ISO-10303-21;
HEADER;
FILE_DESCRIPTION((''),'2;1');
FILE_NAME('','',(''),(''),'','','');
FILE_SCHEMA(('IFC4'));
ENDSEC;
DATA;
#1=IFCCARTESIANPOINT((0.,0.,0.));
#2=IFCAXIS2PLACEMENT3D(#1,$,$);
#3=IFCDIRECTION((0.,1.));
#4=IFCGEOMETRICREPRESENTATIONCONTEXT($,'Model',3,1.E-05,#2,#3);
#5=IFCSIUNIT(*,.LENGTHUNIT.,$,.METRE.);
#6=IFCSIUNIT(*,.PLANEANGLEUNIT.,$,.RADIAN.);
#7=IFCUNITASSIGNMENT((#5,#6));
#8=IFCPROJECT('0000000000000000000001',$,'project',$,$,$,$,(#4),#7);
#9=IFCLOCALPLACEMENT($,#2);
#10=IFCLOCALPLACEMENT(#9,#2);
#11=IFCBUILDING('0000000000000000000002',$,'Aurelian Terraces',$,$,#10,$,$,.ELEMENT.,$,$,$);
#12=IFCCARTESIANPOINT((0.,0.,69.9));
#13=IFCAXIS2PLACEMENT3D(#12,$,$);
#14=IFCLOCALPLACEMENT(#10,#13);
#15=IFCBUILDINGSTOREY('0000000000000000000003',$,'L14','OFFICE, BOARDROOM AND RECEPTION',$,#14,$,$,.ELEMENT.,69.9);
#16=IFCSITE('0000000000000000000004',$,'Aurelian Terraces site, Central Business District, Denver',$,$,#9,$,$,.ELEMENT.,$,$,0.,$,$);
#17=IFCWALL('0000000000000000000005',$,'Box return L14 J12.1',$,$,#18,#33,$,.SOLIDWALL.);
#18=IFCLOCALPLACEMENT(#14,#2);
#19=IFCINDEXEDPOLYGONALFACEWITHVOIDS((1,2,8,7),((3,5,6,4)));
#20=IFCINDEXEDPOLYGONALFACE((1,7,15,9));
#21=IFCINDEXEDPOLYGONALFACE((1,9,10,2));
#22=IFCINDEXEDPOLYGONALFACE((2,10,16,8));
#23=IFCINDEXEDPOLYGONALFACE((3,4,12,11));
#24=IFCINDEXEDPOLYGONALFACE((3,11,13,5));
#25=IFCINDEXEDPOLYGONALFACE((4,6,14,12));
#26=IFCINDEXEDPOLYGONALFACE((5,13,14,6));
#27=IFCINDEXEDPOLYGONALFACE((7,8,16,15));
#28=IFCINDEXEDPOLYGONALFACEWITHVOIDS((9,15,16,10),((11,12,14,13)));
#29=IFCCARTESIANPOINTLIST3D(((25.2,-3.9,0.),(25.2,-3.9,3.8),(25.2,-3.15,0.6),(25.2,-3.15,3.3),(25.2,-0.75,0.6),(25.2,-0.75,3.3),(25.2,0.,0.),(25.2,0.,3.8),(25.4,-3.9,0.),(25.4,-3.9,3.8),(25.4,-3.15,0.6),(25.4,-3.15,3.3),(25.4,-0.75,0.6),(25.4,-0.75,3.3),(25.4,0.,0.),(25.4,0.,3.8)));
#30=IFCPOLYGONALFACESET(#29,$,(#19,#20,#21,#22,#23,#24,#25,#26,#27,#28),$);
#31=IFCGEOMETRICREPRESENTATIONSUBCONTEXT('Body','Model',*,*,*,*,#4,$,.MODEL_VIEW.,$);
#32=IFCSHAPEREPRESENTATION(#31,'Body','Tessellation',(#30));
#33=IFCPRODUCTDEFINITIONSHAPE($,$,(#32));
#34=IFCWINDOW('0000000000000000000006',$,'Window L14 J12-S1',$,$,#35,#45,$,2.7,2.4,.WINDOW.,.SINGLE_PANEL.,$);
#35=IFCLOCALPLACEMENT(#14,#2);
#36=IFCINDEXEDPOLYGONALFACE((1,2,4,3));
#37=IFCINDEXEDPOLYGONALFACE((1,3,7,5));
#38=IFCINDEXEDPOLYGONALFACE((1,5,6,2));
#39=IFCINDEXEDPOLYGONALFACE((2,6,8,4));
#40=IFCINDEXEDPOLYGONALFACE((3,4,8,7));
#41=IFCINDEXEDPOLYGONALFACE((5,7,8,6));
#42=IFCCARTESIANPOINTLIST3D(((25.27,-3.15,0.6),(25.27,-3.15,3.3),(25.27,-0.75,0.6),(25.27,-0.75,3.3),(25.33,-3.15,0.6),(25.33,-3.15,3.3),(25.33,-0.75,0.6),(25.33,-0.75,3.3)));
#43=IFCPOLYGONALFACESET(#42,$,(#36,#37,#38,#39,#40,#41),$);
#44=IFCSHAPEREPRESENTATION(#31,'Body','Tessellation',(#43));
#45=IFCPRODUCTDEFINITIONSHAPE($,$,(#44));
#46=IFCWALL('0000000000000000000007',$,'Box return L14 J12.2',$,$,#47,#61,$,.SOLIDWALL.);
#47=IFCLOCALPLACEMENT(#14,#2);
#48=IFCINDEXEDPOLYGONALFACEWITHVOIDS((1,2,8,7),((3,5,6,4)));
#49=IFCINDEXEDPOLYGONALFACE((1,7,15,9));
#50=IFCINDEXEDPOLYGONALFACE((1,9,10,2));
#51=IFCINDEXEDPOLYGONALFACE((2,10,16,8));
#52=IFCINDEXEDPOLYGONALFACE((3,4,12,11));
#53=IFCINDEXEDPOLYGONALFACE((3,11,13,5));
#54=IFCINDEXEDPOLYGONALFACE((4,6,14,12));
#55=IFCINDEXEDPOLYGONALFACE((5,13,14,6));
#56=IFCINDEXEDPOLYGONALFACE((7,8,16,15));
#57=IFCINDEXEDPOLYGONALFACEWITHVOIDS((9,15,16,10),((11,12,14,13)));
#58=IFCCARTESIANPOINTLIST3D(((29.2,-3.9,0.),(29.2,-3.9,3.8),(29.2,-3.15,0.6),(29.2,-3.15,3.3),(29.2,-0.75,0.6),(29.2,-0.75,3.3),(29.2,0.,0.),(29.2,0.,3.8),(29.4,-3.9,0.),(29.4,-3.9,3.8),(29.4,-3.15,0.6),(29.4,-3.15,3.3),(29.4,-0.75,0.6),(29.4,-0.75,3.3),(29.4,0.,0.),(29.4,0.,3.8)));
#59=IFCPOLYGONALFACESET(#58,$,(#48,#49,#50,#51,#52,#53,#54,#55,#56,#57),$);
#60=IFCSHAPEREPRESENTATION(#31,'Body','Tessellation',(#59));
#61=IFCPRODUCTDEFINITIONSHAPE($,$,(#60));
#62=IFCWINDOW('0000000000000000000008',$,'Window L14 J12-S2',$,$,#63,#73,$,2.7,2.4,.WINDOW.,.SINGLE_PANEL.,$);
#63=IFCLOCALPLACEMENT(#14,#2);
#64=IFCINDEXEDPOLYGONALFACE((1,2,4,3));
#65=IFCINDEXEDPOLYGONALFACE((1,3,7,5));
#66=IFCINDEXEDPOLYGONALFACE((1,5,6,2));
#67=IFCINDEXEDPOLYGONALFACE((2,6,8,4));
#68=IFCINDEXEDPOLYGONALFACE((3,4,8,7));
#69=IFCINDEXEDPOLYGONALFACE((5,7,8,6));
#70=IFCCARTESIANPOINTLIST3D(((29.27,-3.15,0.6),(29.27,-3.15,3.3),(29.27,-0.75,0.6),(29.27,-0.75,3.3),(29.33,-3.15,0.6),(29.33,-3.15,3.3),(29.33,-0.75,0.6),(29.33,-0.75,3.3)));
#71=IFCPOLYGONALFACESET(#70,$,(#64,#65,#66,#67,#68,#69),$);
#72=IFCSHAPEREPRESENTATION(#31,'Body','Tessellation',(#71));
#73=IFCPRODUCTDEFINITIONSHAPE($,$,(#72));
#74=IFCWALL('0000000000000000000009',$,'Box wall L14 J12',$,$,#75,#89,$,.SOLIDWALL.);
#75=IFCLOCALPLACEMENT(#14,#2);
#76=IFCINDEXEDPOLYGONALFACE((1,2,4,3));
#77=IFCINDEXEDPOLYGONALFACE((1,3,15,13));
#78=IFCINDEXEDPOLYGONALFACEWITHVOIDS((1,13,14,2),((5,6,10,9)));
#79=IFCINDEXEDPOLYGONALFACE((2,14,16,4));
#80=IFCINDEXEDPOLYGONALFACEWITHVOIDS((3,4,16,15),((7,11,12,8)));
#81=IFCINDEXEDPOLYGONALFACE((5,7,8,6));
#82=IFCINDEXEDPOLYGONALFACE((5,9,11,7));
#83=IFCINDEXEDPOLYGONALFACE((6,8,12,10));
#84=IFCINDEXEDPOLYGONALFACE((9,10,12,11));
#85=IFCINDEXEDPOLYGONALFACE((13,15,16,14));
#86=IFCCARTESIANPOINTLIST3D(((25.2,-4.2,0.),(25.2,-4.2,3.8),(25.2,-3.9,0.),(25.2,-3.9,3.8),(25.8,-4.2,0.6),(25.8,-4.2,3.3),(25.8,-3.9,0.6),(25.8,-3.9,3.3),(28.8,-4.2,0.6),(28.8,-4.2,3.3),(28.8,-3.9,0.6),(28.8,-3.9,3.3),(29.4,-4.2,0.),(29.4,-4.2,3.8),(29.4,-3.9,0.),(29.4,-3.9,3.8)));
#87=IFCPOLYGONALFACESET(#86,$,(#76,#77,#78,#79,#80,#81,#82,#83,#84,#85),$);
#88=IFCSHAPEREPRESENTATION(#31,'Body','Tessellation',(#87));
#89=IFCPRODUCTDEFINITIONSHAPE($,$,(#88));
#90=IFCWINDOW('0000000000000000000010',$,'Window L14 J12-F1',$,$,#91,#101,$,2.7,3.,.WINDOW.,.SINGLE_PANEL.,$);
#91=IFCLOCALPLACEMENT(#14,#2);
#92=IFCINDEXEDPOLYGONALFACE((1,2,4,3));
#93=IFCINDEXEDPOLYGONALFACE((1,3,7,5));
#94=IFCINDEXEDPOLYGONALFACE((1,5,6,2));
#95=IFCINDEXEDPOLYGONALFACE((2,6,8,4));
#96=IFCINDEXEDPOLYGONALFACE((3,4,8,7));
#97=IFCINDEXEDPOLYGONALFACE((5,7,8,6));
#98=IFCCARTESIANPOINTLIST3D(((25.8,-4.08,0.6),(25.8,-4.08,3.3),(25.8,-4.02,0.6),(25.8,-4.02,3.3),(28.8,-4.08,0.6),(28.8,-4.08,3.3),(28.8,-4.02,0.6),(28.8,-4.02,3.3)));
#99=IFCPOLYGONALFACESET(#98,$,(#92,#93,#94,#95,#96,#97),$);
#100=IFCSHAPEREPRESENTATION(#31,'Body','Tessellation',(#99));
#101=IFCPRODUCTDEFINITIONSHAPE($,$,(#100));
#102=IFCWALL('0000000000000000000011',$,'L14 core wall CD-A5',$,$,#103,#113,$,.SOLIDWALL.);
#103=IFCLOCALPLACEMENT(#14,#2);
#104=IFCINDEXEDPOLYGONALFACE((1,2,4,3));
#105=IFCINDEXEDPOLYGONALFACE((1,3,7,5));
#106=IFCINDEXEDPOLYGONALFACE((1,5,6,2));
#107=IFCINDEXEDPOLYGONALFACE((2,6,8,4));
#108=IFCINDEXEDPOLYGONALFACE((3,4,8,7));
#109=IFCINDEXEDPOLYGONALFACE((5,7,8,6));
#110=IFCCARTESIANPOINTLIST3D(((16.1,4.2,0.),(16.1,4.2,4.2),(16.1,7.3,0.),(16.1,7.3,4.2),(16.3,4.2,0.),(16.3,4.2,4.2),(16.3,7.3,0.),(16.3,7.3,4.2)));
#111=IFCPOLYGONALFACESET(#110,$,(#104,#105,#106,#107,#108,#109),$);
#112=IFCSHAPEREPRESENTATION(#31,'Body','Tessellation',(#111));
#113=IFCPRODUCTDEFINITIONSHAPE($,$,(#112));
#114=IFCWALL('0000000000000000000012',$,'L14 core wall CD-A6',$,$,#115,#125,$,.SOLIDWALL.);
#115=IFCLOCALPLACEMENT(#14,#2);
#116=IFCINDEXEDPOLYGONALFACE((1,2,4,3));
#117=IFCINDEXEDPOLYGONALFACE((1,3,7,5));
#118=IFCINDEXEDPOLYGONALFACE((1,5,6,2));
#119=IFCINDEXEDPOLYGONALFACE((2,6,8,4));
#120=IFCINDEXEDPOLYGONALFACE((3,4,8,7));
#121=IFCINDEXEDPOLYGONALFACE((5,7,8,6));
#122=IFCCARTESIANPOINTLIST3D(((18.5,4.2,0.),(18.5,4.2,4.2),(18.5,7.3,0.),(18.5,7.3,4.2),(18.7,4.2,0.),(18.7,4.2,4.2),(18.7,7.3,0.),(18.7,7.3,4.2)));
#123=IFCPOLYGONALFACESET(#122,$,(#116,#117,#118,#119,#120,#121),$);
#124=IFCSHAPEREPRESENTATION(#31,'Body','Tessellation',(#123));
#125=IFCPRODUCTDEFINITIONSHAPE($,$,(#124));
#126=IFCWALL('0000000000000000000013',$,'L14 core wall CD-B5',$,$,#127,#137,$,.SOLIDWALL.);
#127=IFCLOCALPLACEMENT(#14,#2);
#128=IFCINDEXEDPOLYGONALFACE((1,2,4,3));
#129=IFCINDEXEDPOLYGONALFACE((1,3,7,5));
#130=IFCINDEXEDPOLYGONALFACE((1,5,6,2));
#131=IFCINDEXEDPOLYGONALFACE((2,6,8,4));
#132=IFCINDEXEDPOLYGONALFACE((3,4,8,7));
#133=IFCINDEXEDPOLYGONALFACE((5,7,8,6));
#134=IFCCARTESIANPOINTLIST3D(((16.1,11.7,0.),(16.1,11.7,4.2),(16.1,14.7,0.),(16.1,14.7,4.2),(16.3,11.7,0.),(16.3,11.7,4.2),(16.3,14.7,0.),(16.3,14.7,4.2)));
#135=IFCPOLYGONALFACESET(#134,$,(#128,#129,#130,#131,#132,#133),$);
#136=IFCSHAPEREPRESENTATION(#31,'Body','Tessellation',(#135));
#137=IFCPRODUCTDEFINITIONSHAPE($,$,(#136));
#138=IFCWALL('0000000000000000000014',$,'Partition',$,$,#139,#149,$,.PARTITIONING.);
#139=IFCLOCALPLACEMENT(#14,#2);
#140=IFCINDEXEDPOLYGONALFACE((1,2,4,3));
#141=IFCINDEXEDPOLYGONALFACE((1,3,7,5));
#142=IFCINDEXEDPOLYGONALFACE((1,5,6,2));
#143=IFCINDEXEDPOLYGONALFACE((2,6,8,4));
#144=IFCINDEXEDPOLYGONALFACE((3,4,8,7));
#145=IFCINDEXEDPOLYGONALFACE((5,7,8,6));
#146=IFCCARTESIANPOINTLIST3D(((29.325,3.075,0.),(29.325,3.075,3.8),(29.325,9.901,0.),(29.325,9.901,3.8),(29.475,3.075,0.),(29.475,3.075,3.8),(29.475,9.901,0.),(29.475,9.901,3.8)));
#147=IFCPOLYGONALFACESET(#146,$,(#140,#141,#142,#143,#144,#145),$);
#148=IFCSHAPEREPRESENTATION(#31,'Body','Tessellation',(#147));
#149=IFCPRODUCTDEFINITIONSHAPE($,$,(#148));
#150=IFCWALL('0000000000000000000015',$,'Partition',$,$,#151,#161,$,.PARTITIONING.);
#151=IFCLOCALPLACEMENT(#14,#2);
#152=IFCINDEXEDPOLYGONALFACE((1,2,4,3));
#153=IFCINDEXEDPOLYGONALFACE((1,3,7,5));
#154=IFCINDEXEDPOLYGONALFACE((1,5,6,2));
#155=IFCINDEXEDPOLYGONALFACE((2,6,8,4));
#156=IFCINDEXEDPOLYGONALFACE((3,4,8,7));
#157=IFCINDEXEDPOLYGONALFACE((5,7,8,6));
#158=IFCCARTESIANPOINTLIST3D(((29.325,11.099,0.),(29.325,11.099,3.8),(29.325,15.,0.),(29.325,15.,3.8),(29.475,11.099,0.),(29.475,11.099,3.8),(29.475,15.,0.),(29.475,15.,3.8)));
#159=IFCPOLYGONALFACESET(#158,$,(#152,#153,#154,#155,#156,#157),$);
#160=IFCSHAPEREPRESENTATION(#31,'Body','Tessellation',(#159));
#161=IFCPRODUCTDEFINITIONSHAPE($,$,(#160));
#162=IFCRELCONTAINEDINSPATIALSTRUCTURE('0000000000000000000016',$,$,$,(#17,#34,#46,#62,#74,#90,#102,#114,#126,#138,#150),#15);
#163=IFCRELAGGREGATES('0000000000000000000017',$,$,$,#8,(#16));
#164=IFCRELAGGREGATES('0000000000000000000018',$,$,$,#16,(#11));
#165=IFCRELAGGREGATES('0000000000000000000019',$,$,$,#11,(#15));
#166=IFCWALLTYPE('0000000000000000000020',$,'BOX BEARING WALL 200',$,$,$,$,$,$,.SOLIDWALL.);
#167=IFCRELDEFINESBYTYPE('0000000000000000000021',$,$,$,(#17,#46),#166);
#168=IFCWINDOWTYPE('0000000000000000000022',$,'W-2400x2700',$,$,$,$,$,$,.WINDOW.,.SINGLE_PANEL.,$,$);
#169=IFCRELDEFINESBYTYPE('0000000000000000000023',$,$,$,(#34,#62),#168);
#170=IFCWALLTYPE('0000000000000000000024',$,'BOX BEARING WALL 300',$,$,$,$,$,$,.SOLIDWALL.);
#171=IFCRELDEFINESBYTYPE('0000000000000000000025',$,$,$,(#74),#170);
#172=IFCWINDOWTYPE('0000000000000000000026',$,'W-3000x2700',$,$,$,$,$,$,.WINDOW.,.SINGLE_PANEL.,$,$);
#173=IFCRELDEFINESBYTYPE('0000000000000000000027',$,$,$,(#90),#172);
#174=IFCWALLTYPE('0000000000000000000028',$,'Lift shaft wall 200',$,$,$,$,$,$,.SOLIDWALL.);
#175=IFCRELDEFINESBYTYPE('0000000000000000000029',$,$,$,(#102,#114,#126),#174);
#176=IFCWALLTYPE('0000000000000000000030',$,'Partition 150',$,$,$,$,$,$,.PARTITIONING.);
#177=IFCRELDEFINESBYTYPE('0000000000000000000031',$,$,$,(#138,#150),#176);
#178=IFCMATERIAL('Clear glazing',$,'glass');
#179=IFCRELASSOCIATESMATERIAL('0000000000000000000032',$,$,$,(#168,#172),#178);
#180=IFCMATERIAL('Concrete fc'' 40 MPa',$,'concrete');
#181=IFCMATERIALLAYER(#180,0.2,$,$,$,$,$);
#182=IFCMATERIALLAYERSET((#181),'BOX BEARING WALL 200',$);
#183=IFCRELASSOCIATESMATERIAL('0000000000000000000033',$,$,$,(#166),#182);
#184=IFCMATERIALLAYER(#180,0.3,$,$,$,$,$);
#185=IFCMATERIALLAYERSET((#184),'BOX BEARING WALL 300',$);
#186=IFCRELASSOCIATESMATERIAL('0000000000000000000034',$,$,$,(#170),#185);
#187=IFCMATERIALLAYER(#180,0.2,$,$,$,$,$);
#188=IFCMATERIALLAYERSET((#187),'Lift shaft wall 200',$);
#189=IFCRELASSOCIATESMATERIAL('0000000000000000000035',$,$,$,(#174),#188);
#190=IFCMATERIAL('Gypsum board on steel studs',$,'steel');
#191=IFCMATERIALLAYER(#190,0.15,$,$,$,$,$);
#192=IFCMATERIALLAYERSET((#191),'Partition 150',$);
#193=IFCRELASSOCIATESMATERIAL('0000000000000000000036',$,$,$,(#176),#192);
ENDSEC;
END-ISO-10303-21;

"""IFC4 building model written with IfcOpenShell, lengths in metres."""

from ifc_helpers import new_model, si_unit, direction, frame, frame_2d, origin, place, context, subcontext, project, spatial, rectangle, extrude, source, transform, mapped, material, layer, layer_set, type_object, element, fill, save


model = new_model("IFC4")

# Units and contexts
model_context = context("Model", 3, precision=1e-05, world=origin(), true_north=direction((0.0, 1.0)))
body_context = subcontext(model_context, "Body", "Model", "MODEL_VIEW")
ifc_project = project(units=[si_unit("LENGTHUNIT", "METRE"), si_unit("PLANEANGLEUNIT", "RADIAN")], contexts=[model_context])

# Site, building, storey
site_placement = place(None, origin())
site = spatial("IfcSite", under=ifc_project, at=site_placement, Name="Aurelian Terraces site, Central Business District, Denver", CompositionType="ELEMENT", RefElevation=0.0)
building_placement = place(site_placement, origin())
building = spatial("IfcBuilding", under=site, at=building_placement, Name="Aurelian Terraces", CompositionType="ELEMENT")
storey_placement = place(building_placement, frame((0.0, 0.0, 69.9)))
storey = spatial("IfcBuildingStorey", under=building, at=storey_placement, Name="L14", Description="OFFICE, BOARDROOM AND RECEPTION", CompositionType="ELEMENT", Elevation=69.9)

# Shared definitions
ifc_material_1 = material(Name="Clear glazing", Category="glass")
window_type_1 = type_object("IfcWindowType", Name="W-2400x2700", PartitioningType="SINGLE_PANEL", PredefinedType="WINDOW", material=ifc_material_1)
shared_shape_1 = source(origin(), body_context, "Body", "SweptSolid", [
    extrude(rectangle(XDim=2.4, YDim=2.7, at=frame_2d((1.2, 1.35))), frame((0.0, 0.03, 0.0), z_axis=(0.0, -1.0, 0.0), x_axis=(1.0, 0.0, 0.0)), (0.0, 0.0, 1.0), 0.06),
])

# Walls, openings, windows
ifc_material_2 = material(Name="Concrete fc' 40 MPa", Category="concrete")
ifc_layer_1 = layer(ifc_material_2, 0.2)
ifc_layer_set_1 = layer_set([ifc_layer_1], Name="BOX BEARING WALL 200")
wall_type_1 = type_object("IfcWallType", Name="BOX BEARING WALL 200", PredefinedType="SOLIDWALL", material=ifc_layer_set_1)
shared_shape_2 = source(origin(), body_context, "Body", "SweptSolid", [
    extrude(rectangle(XDim=3.9, YDim=0.2, at=frame_2d((1.95, 0.0))), origin(), (0.0, 0.0, 1.0), 3.8),
])
wall_1_placement = place(storey_placement, frame((25.3, 0.0, 0.0), z_axis=(0.0, 0.0, 1.0), x_axis=(0.0, -1.0, 0.0)))
wall_1 = element("IfcWall", 1, at=wall_1_placement, inside=storey, type_object=wall_type_1, Name="Box return L14 J12.1", PredefinedType="SOLIDWALL", context=body_context, shape_type="MappedRepresentation", body=[
    mapped(shared_shape_2, transform((0.0, 0.0, 0.0), scale=1.0)),
])
shared_shape_3 = source(origin(), body_context, "Body", "SweptSolid", [
    extrude(rectangle(XDim=2.4, YDim=2.7, at=frame_2d((1.2, 1.35))), frame((0.0, 0.11, 0.0), z_axis=(0.0, -1.0, 0.0), x_axis=(1.0, 0.0, 0.0)), (0.0, 0.0, 1.0), 0.22),
])
opening_1_placement = place(wall_1_placement, frame((0.75, 0.0, 0.6)))
opening_1 = element("IfcOpeningElement", 2, at=opening_1_placement, cuts=wall_1, PredefinedType="OPENING", context=body_context, shape_type="MappedRepresentation", body=[
    mapped(shared_shape_3, transform((0.0, 0.0, 0.0), scale=1.0)),
])
window_1_placement = place(opening_1_placement, origin())
window_1 = element("IfcWindow", 3, at=window_1_placement, inside=storey, type_object=window_type_1, Name="Window L14 J12-S1", OverallHeight=2.7, OverallWidth=2.4, PartitioningType="SINGLE_PANEL", PredefinedType="WINDOW", context=body_context, shape_type="MappedRepresentation", body=[
    mapped(shared_shape_1, transform((0.0, 0.0, 0.0), scale=1.0)),
])
fill(opening_1, window_1)
wall_2_placement = place(storey_placement, frame((29.3, 0.0, 0.0), z_axis=(0.0, 0.0, 1.0), x_axis=(0.0, -1.0, 0.0)))
wall_2 = element("IfcWall", 4, at=wall_2_placement, inside=storey, type_object=wall_type_1, Name="Box return L14 J12.2", PredefinedType="SOLIDWALL", context=body_context, shape_type="MappedRepresentation", body=[
    mapped(shared_shape_2, transform((0.0, 0.0, 0.0), scale=1.0)),
])
opening_2_placement = place(wall_2_placement, frame((0.75, 0.0, 0.6)))
opening_2 = element("IfcOpeningElement", 5, at=opening_2_placement, cuts=wall_2, PredefinedType="OPENING", context=body_context, shape_type="MappedRepresentation", body=[
    mapped(shared_shape_3, transform((0.0, 0.0, 0.0), scale=1.0)),
])
window_2_placement = place(opening_2_placement, origin())
window_2 = element("IfcWindow", 6, at=window_2_placement, inside=storey, type_object=window_type_1, Name="Window L14 J12-S2", OverallHeight=2.7, OverallWidth=2.4, PartitioningType="SINGLE_PANEL", PredefinedType="WINDOW", context=body_context, shape_type="MappedRepresentation", body=[
    mapped(shared_shape_1, transform((0.0, 0.0, 0.0), scale=1.0)),
])
fill(opening_2, window_2)
ifc_layer_2 = layer(ifc_material_2, 0.3)
ifc_layer_set_2 = layer_set([ifc_layer_2], Name="BOX BEARING WALL 300")
wall_type_2 = type_object("IfcWallType", Name="BOX BEARING WALL 300", PredefinedType="SOLIDWALL", material=ifc_layer_set_2)
shared_shape_4 = source(origin(), body_context, "Body", "SweptSolid", [
    extrude(rectangle(XDim=4.2, YDim=0.3, at=frame_2d((2.1, 0.0))), origin(), (0.0, 0.0, 1.0), 3.8),
])
wall_3_placement = place(storey_placement, frame((25.2, -4.05, 0.0), z_axis=(0.0, 0.0, 1.0), x_axis=(1.0, 0.0, 0.0)))
wall_3 = element("IfcWall", 7, at=wall_3_placement, inside=storey, type_object=wall_type_2, Name="Box wall L14 J12", PredefinedType="SOLIDWALL", context=body_context, shape_type="MappedRepresentation", body=[
    mapped(shared_shape_4, transform((0.0, 0.0, 0.0), scale=1.0)),
])
shared_shape_5 = source(origin(), body_context, "Body", "SweptSolid", [
    extrude(rectangle(XDim=3.0, YDim=2.7, at=frame_2d((1.5, 1.35))), frame((0.0, 0.16, 0.0), z_axis=(0.0, -1.0, 0.0), x_axis=(1.0, 0.0, 0.0)), (0.0, 0.0, 1.0), 0.32),
])
opening_3_placement = place(wall_3_placement, frame((0.6, 0.0, 0.6)))
opening_3 = element("IfcOpeningElement", 8, at=opening_3_placement, cuts=wall_3, PredefinedType="OPENING", context=body_context, shape_type="MappedRepresentation", body=[
    mapped(shared_shape_5, transform((0.0, 0.0, 0.0), scale=1.0)),
])
window_type_2 = type_object("IfcWindowType", Name="W-3000x2700", PartitioningType="SINGLE_PANEL", PredefinedType="WINDOW", material=ifc_material_1)
shared_shape_6 = source(origin(), body_context, "Body", "SweptSolid", [
    extrude(rectangle(XDim=3.0, YDim=2.7, at=frame_2d((1.5, 1.35))), frame((0.0, 0.03, 0.0), z_axis=(0.0, -1.0, 0.0), x_axis=(1.0, 0.0, 0.0)), (0.0, 0.0, 1.0), 0.06),
])
window_3_placement = place(opening_3_placement, origin())
window_3 = element("IfcWindow", 9, at=window_3_placement, inside=storey, type_object=window_type_2, Name="Window L14 J12-F1", OverallHeight=2.7, OverallWidth=3.0, PartitioningType="SINGLE_PANEL", PredefinedType="WINDOW", context=body_context, shape_type="MappedRepresentation", body=[
    mapped(shared_shape_6, transform((0.0, 0.0, 0.0), scale=1.0)),
])
fill(opening_3, window_3)

# Walls
ifc_layer_3 = layer(ifc_material_2, 0.2)
ifc_layer_set_3 = layer_set([ifc_layer_3], Name="Lift shaft wall 200")
wall_type_3 = type_object("IfcWallType", Name="Lift shaft wall 200", PredefinedType="SOLIDWALL", material=ifc_layer_set_3)
shared_shape_7 = source(origin(), body_context, "Body", "SweptSolid", [
    extrude(rectangle(XDim=3.1, YDim=0.2, at=frame_2d((1.55, 0.0))), origin(), (0.0, 0.0, 1.0), 4.2),
])
for number, where, z_axis, x_axis, name in (
    (10, (16.2, 4.2, 0.0), (0.0, 0.0, 1.0), (0.0, 1.0, 0.0), "L14 core wall CD-A5"),
    (11, (18.6, 4.2, 0.0), (0.0, 0.0, 1.0), (0.0, 1.0, 0.0), "L14 core wall CD-A6"),
):
    element("IfcWall", number, at=place(storey_placement, frame(where, z_axis=z_axis, x_axis=x_axis)), inside=storey, type_object=wall_type_3, Name=name, PredefinedType="SOLIDWALL", context=body_context, shape_type="MappedRepresentation", body=[
        mapped(shared_shape_7, transform((0.0, 0.0, 0.0), scale=1.0)),
    ])
shared_shape_8 = source(origin(), body_context, "Body", "SweptSolid", [
    extrude(rectangle(XDim=3.0, YDim=0.2, at=frame_2d((1.5, 0.0))), origin(), (0.0, 0.0, 1.0), 4.2),
])
wall_4_placement = place(storey_placement, frame((16.2, 11.7, 0.0), z_axis=(0.0, 0.0, 1.0), x_axis=(0.0, 1.0, 0.0)))
element("IfcWall", 12, at=wall_4_placement, inside=storey, type_object=wall_type_3, Name="L14 core wall CD-B5", PredefinedType="SOLIDWALL", context=body_context, shape_type="MappedRepresentation", body=[
    mapped(shared_shape_8, transform((0.0, 0.0, 0.0), scale=1.0)),
])
ifc_material_3 = material(Name="Gypsum board on steel studs", Category="steel")
ifc_layer_4 = layer(ifc_material_3, 0.15)
ifc_layer_set_4 = layer_set([ifc_layer_4], Name="Partition 150")
wall_type_4 = type_object("IfcWallType", Name="Partition 150", PredefinedType="PARTITIONING", material=ifc_layer_set_4)
shared_shape_9 = source(origin(), body_context, "Body", "SweptSolid", [
    extrude(rectangle(XDim=6.826, YDim=0.15, at=frame_2d((3.413, 0.0))), origin(), (0.0, 0.0, 1.0), 3.8),
])
wall_5_placement = place(storey_placement, frame((29.4, 3.075, 0.0), z_axis=(0.0, 0.0, 1.0), x_axis=(0.0, 1.0, 0.0)))
element("IfcWall", 13, at=wall_5_placement, inside=storey, type_object=wall_type_4, Name="Partition", PredefinedType="PARTITIONING", context=body_context, shape_type="MappedRepresentation", body=[
    mapped(shared_shape_9, transform((0.0, 0.0, 0.0), scale=1.0)),
])
shared_shape_10 = source(origin(), body_context, "Body", "SweptSolid", [
    extrude(rectangle(XDim=3.901, YDim=0.15, at=frame_2d((1.9505, 0.0))), origin(), (0.0, 0.0, 1.0), 3.8),
])
wall_6_placement = place(storey_placement, frame((29.4, 11.099, 0.0), z_axis=(0.0, 0.0, 1.0), x_axis=(0.0, 1.0, 0.0)))
element("IfcWall", 14, at=wall_6_placement, inside=storey, type_object=wall_type_4, Name="Partition", PredefinedType="PARTITIONING", context=body_context, shape_type="MappedRepresentation", body=[
    mapped(shared_shape_10, transform((0.0, 0.0, 0.0), scale=1.0)),
])

save(model, "model.ifc")
